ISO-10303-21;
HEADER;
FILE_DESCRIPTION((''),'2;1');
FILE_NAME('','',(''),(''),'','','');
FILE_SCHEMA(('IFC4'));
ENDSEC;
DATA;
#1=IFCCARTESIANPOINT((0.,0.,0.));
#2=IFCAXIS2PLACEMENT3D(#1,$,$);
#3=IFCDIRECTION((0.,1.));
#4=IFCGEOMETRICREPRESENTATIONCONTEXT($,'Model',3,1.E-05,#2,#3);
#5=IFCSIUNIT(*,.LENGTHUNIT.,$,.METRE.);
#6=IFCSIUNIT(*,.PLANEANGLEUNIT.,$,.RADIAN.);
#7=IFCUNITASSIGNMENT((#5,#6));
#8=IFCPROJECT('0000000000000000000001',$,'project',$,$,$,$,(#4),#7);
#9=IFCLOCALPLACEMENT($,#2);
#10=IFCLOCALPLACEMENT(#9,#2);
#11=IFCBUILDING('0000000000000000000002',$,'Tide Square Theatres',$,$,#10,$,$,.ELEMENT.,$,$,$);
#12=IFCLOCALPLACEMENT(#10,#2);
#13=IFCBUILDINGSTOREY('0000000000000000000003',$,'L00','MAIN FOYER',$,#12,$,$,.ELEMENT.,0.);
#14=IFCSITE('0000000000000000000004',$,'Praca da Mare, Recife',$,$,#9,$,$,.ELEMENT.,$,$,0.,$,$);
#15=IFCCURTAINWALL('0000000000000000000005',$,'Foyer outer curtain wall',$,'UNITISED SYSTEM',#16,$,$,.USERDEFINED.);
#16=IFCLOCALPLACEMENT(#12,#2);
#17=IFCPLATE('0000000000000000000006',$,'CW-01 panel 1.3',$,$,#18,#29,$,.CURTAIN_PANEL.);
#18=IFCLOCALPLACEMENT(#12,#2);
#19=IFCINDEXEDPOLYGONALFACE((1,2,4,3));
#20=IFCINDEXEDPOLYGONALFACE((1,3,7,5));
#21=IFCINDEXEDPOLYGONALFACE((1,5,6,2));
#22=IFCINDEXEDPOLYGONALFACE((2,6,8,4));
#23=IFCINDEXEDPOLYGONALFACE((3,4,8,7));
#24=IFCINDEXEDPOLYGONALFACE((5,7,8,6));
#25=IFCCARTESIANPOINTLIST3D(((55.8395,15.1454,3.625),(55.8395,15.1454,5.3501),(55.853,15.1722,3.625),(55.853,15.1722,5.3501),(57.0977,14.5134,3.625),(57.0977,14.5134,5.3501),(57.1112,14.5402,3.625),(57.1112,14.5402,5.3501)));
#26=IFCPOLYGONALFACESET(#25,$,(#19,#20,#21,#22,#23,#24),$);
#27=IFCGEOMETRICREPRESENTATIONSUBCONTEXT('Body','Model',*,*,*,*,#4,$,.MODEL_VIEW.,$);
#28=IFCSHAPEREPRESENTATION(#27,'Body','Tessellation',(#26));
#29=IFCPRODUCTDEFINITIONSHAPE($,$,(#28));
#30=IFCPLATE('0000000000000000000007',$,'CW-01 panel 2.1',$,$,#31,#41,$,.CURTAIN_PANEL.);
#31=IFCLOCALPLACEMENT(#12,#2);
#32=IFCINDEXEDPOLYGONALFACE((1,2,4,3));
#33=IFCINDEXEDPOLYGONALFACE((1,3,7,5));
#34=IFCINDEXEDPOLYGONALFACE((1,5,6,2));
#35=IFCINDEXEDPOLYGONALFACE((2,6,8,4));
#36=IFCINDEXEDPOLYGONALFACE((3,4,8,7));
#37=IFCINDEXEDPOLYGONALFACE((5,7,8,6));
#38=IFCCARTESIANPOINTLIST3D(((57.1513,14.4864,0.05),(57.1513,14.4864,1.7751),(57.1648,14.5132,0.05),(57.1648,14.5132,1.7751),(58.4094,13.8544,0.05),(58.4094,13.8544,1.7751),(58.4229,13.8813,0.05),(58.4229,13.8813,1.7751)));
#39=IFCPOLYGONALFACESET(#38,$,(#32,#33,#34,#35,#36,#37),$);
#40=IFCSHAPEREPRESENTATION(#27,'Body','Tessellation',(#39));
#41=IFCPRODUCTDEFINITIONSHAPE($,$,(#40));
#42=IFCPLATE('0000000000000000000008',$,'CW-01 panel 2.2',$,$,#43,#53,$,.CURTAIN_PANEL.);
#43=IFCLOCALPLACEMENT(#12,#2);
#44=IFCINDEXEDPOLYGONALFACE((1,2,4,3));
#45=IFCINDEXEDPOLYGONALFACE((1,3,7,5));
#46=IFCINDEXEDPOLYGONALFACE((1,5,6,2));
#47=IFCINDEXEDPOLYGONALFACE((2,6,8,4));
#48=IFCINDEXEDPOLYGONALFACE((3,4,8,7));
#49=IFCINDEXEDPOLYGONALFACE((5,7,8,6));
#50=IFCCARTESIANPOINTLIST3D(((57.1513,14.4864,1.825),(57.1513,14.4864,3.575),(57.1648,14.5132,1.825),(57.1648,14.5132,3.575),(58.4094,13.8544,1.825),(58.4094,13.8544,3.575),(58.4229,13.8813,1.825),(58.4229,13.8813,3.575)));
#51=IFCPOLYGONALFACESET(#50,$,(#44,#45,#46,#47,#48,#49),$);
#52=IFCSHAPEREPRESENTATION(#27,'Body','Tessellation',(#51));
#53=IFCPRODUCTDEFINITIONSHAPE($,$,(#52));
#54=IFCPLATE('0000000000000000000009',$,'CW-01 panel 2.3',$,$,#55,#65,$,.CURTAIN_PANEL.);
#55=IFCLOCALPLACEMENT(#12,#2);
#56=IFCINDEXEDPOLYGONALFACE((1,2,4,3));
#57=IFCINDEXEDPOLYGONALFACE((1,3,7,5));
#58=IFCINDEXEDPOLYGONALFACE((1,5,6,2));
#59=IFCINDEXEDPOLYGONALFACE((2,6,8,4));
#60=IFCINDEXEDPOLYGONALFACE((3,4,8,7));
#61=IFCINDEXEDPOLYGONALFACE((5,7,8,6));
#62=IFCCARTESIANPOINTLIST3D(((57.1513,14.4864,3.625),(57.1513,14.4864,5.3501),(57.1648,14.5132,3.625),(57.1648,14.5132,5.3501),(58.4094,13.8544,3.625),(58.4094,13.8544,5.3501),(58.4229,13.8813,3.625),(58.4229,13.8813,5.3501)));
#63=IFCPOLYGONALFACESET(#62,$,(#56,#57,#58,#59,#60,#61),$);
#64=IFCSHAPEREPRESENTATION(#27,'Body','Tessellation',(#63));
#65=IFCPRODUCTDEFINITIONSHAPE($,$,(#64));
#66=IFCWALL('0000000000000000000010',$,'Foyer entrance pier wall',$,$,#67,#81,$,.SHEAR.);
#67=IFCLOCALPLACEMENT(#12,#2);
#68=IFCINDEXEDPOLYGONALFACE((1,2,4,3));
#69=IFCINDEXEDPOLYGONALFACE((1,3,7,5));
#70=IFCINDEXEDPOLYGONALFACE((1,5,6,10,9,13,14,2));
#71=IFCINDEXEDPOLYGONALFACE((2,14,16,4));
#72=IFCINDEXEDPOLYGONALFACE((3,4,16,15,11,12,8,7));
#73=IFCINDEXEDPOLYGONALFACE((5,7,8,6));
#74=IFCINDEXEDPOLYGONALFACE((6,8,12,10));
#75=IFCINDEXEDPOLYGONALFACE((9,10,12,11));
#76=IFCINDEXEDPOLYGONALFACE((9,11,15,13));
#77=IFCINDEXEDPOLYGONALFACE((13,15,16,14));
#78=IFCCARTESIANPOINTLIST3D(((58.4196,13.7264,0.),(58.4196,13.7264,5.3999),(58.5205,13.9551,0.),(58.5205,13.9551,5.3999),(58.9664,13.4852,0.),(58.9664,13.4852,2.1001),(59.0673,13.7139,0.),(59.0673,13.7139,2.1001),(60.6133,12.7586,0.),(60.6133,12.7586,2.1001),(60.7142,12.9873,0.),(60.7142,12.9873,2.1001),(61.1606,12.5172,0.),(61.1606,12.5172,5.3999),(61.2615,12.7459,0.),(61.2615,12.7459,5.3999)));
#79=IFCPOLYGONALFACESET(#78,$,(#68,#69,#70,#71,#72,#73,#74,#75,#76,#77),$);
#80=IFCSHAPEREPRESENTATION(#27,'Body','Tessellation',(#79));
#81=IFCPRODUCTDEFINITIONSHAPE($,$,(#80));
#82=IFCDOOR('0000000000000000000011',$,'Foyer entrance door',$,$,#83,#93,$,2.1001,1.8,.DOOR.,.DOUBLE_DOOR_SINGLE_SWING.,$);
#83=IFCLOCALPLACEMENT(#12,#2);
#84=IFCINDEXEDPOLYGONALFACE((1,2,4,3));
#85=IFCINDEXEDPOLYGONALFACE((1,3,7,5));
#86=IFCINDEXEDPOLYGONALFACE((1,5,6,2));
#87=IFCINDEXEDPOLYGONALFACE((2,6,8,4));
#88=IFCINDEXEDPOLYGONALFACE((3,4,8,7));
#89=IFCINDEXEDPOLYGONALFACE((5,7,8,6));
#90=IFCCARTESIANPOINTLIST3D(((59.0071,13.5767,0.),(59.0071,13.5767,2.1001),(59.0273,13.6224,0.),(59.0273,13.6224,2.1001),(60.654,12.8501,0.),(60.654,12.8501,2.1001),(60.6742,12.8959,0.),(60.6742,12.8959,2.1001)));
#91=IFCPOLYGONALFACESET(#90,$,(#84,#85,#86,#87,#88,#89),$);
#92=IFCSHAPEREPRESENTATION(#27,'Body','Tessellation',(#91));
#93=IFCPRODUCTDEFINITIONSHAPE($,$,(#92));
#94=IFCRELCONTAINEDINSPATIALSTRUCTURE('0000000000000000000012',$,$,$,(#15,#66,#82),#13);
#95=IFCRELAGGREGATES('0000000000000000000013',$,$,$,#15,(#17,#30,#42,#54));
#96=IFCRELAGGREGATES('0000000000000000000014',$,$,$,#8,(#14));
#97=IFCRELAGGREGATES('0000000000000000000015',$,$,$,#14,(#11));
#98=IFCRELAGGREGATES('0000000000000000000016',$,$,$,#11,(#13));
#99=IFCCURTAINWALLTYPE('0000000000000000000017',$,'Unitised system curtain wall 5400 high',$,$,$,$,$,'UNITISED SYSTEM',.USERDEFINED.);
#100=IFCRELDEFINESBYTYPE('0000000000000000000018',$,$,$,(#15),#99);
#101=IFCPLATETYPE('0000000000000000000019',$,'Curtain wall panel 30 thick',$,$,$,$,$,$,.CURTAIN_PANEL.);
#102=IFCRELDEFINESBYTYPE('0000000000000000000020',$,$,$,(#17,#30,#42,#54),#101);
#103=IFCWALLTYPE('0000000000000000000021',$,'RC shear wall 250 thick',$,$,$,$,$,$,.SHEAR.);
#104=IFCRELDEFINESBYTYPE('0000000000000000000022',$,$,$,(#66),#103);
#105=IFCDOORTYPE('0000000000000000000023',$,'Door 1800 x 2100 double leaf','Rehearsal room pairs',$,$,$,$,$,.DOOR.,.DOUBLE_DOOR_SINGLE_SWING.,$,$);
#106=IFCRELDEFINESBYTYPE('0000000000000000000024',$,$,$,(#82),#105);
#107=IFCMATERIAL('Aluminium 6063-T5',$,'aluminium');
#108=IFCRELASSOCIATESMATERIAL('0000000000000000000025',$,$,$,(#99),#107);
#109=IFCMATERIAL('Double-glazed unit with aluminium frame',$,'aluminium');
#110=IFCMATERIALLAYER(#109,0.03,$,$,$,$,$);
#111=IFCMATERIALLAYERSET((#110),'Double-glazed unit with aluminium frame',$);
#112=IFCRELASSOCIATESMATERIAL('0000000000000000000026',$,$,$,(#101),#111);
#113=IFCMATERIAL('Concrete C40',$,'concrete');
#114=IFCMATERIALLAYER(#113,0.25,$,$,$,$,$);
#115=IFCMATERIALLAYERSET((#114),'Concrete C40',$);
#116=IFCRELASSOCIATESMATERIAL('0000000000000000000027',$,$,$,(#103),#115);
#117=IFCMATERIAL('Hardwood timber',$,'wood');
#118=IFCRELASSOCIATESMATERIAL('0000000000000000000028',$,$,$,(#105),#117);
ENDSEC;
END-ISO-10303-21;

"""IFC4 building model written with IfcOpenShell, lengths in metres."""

from ifc_helpers import new_model, si_unit, direction, frame, frame_2d, origin, origin_2d, place, context, subcontext, project, spatial, rectangle, extrude, material, layer, layer_set, type_object, element, fill, aggregate, save


model = new_model("IFC4")

# Units and contexts
model_context = context("Model", 3, precision=1e-05, world=origin(), true_north=direction((0.0, 1.0)))
body_context = subcontext(model_context, "Body", "Model", "MODEL_VIEW")
ifc_project = project(units=[si_unit("LENGTHUNIT", "METRE"), si_unit("PLANEANGLEUNIT", "RADIAN")], contexts=[model_context])

# Site, building, storey
site_placement = place(None, origin())
site = spatial("IfcSite", under=ifc_project, at=site_placement, Name="Praca da Mare, Recife", CompositionType="ELEMENT", RefElevation=0.0)
building_placement = place(site_placement, origin())
building = spatial("IfcBuilding", under=site, at=building_placement, Name="Tide Square Theatres", CompositionType="ELEMENT")
storey_placement = place(building_placement, origin())
storey = spatial("IfcBuildingStorey", under=building, at=storey_placement, Name="L00", Description="MAIN FOYER", CompositionType="ELEMENT", Elevation=0.0)

# Shared definitions
ifc_material_1 = material(Name="Aluminium 6063-T5", Category="aluminium")
curtain_wall_type = type_object("IfcCurtainWallType", Name="Unitised system curtain wall 5400 high", ElementType="UNITISED SYSTEM", PredefinedType="USERDEFINED", material=ifc_material_1)

# Curtain wall, plates
curtain_wall_1_placement = place(storey_placement, origin())
curtain_wall_1 = element("IfcCurtainWall", 1, at=curtain_wall_1_placement, inside=storey, type_object=curtain_wall_type, Name="Foyer outer curtain wall", ObjectType="UNITISED SYSTEM", PredefinedType="USERDEFINED")
ifc_material_2 = material(Name="Double-glazed unit with aluminium frame", Category="aluminium")
ifc_layer_1 = layer(ifc_material_2, 0.03)
ifc_layer_set_1 = layer_set([ifc_layer_1], Name="Double-glazed unit with aluminium frame")
plate_type = type_object("IfcPlateType", Name="Curtain wall panel 30 thick", PredefinedType="CURTAIN_PANEL", material=ifc_layer_set_1)
plate_1_placement = place(storey_placement, frame((56.4753, 14.8428, 3.625), z_axis=(0.0, 0.0, 1.0), x_axis=(0.893598, -0.448868, 0.0)))
plate_1 = element("IfcPlate", 2, at=plate_1_placement, type_object=plate_type, Name="CW-01 panel 1.3", PredefinedType="CURTAIN_PANEL", context=body_context, shape_type="SweptSolid", body=[
    extrude(rectangle(XDim=1.408, YDim=0.03, at=origin_2d()), origin(), (0.0, 0.0, 1.0), 1.7251),
])
plate_2_placement = place(storey_placement, frame((57.7871, 14.1838, 0.05), z_axis=(0.0, 0.0, 1.0), x_axis=(0.893598, -0.448868, 0.0)))
plate_2 = element("IfcPlate", 3, at=plate_2_placement, type_object=plate_type, Name="CW-01 panel 2.1", PredefinedType="CURTAIN_PANEL", context=body_context, shape_type="SweptSolid", body=[
    extrude(rectangle(XDim=1.408, YDim=0.03, at=origin_2d()), origin(), (0.0, 0.0, 1.0), 1.7251),
])
plate_3_placement = place(storey_placement, frame((57.7871, 14.1838, 1.825), z_axis=(0.0, 0.0, 1.0), x_axis=(0.893598, -0.448868, 0.0)))
plate_3 = element("IfcPlate", 4, at=plate_3_placement, type_object=plate_type, Name="CW-01 panel 2.2", PredefinedType="CURTAIN_PANEL", context=body_context, shape_type="SweptSolid", body=[
    extrude(rectangle(XDim=1.408, YDim=0.03, at=origin_2d()), origin(), (0.0, 0.0, 1.0), 1.75),
])
plate_4_placement = place(storey_placement, frame((57.7871, 14.1838, 3.625), z_axis=(0.0, 0.0, 1.0), x_axis=(0.893598, -0.448868, 0.0)))
plate_4 = element("IfcPlate", 5, at=plate_4_placement, type_object=plate_type, Name="CW-01 panel 2.3", PredefinedType="CURTAIN_PANEL", context=body_context, shape_type="SweptSolid", body=[
    extrude(rectangle(XDim=1.408, YDim=0.03, at=origin_2d()), origin(), (0.0, 0.0, 1.0), 1.7251),
])
aggregate(curtain_wall_1, [plate_1, plate_2, plate_3, plate_4])

# Wall, opening, door
ifc_material_3 = material(Name="Concrete C40", Category="concrete")
ifc_layer_2 = layer(ifc_material_3, 0.25)
ifc_layer_set_2 = layer_set([ifc_layer_2], Name="Concrete C40")
wall_type = type_object("IfcWallType", Name="RC shear wall 250 thick", PredefinedType="SHEAR", material=ifc_layer_set_2)
wall_placement = place(storey_placement, frame((58.47, 13.8408, 0.0), z_axis=(0.0, 0.0, 1.0), x_axis=(0.91492, -0.403634, 0.0)))
wall = element("IfcWall", 6, at=wall_placement, inside=storey, type_object=wall_type, Name="Foyer entrance pier wall", PredefinedType="SHEAR", context=body_context, shape_type="SweptSolid", body=[
    extrude(rectangle(XDim=2.9958, YDim=0.25, at=frame_2d((1.498, 0.0))), origin(), (0.0, 0.0, 1.0), 5.3999),
])
opening_placement = place(wall_placement, frame((0.5979, 0.0, 0.0)))
opening = element("IfcOpeningElement", 7, at=opening_placement, cuts=wall, PredefinedType="OPENING", context=body_context, shape_type="SweptSolid", body=[
    extrude(rectangle(XDim=1.8, YDim=2.1001, at=frame_2d((0.8999, 1.05))), frame((0.0, 0.135, 0.0), z_axis=(0.0, -1.0, 0.0), x_axis=(1.0, 0.0, 0.0)), (0.0, 0.0, 1.0), 0.27),
])
ifc_material_4 = material(Name="Hardwood timber", Category="wood")
door_type = type_object("IfcDoorType", Name="Door 1800 x 2100 double leaf", Description="Rehearsal room pairs", OperationType="DOUBLE_DOOR_SINGLE_SWING", PredefinedType="DOOR", material=ifc_material_4)
door_placement = place(opening_placement, frame((1.8, 0.0, 0.0), z_axis=(0.0, 0.0, 1.0), x_axis=(-1.0, 0.0, 0.0)))
door = element("IfcDoor", 8, at=door_placement, inside=storey, type_object=door_type, Name="Foyer entrance door", OperationType="DOUBLE_DOOR_SINGLE_SWING", OverallHeight=2.1001, OverallWidth=1.8, PredefinedType="DOOR", context=body_context, shape_type="SweptSolid", body=[
    extrude(rectangle(XDim=1.8, YDim=2.1001, at=frame_2d((0.8999, 1.05))), frame((0.0, 0.0249, 0.0), z_axis=(0.0, -1.0, 0.0), x_axis=(1.0, 0.0, 0.0)), (0.0, 0.0, 1.0), 0.05),
])
fill(opening, door)

save(model, "model.ifc")
